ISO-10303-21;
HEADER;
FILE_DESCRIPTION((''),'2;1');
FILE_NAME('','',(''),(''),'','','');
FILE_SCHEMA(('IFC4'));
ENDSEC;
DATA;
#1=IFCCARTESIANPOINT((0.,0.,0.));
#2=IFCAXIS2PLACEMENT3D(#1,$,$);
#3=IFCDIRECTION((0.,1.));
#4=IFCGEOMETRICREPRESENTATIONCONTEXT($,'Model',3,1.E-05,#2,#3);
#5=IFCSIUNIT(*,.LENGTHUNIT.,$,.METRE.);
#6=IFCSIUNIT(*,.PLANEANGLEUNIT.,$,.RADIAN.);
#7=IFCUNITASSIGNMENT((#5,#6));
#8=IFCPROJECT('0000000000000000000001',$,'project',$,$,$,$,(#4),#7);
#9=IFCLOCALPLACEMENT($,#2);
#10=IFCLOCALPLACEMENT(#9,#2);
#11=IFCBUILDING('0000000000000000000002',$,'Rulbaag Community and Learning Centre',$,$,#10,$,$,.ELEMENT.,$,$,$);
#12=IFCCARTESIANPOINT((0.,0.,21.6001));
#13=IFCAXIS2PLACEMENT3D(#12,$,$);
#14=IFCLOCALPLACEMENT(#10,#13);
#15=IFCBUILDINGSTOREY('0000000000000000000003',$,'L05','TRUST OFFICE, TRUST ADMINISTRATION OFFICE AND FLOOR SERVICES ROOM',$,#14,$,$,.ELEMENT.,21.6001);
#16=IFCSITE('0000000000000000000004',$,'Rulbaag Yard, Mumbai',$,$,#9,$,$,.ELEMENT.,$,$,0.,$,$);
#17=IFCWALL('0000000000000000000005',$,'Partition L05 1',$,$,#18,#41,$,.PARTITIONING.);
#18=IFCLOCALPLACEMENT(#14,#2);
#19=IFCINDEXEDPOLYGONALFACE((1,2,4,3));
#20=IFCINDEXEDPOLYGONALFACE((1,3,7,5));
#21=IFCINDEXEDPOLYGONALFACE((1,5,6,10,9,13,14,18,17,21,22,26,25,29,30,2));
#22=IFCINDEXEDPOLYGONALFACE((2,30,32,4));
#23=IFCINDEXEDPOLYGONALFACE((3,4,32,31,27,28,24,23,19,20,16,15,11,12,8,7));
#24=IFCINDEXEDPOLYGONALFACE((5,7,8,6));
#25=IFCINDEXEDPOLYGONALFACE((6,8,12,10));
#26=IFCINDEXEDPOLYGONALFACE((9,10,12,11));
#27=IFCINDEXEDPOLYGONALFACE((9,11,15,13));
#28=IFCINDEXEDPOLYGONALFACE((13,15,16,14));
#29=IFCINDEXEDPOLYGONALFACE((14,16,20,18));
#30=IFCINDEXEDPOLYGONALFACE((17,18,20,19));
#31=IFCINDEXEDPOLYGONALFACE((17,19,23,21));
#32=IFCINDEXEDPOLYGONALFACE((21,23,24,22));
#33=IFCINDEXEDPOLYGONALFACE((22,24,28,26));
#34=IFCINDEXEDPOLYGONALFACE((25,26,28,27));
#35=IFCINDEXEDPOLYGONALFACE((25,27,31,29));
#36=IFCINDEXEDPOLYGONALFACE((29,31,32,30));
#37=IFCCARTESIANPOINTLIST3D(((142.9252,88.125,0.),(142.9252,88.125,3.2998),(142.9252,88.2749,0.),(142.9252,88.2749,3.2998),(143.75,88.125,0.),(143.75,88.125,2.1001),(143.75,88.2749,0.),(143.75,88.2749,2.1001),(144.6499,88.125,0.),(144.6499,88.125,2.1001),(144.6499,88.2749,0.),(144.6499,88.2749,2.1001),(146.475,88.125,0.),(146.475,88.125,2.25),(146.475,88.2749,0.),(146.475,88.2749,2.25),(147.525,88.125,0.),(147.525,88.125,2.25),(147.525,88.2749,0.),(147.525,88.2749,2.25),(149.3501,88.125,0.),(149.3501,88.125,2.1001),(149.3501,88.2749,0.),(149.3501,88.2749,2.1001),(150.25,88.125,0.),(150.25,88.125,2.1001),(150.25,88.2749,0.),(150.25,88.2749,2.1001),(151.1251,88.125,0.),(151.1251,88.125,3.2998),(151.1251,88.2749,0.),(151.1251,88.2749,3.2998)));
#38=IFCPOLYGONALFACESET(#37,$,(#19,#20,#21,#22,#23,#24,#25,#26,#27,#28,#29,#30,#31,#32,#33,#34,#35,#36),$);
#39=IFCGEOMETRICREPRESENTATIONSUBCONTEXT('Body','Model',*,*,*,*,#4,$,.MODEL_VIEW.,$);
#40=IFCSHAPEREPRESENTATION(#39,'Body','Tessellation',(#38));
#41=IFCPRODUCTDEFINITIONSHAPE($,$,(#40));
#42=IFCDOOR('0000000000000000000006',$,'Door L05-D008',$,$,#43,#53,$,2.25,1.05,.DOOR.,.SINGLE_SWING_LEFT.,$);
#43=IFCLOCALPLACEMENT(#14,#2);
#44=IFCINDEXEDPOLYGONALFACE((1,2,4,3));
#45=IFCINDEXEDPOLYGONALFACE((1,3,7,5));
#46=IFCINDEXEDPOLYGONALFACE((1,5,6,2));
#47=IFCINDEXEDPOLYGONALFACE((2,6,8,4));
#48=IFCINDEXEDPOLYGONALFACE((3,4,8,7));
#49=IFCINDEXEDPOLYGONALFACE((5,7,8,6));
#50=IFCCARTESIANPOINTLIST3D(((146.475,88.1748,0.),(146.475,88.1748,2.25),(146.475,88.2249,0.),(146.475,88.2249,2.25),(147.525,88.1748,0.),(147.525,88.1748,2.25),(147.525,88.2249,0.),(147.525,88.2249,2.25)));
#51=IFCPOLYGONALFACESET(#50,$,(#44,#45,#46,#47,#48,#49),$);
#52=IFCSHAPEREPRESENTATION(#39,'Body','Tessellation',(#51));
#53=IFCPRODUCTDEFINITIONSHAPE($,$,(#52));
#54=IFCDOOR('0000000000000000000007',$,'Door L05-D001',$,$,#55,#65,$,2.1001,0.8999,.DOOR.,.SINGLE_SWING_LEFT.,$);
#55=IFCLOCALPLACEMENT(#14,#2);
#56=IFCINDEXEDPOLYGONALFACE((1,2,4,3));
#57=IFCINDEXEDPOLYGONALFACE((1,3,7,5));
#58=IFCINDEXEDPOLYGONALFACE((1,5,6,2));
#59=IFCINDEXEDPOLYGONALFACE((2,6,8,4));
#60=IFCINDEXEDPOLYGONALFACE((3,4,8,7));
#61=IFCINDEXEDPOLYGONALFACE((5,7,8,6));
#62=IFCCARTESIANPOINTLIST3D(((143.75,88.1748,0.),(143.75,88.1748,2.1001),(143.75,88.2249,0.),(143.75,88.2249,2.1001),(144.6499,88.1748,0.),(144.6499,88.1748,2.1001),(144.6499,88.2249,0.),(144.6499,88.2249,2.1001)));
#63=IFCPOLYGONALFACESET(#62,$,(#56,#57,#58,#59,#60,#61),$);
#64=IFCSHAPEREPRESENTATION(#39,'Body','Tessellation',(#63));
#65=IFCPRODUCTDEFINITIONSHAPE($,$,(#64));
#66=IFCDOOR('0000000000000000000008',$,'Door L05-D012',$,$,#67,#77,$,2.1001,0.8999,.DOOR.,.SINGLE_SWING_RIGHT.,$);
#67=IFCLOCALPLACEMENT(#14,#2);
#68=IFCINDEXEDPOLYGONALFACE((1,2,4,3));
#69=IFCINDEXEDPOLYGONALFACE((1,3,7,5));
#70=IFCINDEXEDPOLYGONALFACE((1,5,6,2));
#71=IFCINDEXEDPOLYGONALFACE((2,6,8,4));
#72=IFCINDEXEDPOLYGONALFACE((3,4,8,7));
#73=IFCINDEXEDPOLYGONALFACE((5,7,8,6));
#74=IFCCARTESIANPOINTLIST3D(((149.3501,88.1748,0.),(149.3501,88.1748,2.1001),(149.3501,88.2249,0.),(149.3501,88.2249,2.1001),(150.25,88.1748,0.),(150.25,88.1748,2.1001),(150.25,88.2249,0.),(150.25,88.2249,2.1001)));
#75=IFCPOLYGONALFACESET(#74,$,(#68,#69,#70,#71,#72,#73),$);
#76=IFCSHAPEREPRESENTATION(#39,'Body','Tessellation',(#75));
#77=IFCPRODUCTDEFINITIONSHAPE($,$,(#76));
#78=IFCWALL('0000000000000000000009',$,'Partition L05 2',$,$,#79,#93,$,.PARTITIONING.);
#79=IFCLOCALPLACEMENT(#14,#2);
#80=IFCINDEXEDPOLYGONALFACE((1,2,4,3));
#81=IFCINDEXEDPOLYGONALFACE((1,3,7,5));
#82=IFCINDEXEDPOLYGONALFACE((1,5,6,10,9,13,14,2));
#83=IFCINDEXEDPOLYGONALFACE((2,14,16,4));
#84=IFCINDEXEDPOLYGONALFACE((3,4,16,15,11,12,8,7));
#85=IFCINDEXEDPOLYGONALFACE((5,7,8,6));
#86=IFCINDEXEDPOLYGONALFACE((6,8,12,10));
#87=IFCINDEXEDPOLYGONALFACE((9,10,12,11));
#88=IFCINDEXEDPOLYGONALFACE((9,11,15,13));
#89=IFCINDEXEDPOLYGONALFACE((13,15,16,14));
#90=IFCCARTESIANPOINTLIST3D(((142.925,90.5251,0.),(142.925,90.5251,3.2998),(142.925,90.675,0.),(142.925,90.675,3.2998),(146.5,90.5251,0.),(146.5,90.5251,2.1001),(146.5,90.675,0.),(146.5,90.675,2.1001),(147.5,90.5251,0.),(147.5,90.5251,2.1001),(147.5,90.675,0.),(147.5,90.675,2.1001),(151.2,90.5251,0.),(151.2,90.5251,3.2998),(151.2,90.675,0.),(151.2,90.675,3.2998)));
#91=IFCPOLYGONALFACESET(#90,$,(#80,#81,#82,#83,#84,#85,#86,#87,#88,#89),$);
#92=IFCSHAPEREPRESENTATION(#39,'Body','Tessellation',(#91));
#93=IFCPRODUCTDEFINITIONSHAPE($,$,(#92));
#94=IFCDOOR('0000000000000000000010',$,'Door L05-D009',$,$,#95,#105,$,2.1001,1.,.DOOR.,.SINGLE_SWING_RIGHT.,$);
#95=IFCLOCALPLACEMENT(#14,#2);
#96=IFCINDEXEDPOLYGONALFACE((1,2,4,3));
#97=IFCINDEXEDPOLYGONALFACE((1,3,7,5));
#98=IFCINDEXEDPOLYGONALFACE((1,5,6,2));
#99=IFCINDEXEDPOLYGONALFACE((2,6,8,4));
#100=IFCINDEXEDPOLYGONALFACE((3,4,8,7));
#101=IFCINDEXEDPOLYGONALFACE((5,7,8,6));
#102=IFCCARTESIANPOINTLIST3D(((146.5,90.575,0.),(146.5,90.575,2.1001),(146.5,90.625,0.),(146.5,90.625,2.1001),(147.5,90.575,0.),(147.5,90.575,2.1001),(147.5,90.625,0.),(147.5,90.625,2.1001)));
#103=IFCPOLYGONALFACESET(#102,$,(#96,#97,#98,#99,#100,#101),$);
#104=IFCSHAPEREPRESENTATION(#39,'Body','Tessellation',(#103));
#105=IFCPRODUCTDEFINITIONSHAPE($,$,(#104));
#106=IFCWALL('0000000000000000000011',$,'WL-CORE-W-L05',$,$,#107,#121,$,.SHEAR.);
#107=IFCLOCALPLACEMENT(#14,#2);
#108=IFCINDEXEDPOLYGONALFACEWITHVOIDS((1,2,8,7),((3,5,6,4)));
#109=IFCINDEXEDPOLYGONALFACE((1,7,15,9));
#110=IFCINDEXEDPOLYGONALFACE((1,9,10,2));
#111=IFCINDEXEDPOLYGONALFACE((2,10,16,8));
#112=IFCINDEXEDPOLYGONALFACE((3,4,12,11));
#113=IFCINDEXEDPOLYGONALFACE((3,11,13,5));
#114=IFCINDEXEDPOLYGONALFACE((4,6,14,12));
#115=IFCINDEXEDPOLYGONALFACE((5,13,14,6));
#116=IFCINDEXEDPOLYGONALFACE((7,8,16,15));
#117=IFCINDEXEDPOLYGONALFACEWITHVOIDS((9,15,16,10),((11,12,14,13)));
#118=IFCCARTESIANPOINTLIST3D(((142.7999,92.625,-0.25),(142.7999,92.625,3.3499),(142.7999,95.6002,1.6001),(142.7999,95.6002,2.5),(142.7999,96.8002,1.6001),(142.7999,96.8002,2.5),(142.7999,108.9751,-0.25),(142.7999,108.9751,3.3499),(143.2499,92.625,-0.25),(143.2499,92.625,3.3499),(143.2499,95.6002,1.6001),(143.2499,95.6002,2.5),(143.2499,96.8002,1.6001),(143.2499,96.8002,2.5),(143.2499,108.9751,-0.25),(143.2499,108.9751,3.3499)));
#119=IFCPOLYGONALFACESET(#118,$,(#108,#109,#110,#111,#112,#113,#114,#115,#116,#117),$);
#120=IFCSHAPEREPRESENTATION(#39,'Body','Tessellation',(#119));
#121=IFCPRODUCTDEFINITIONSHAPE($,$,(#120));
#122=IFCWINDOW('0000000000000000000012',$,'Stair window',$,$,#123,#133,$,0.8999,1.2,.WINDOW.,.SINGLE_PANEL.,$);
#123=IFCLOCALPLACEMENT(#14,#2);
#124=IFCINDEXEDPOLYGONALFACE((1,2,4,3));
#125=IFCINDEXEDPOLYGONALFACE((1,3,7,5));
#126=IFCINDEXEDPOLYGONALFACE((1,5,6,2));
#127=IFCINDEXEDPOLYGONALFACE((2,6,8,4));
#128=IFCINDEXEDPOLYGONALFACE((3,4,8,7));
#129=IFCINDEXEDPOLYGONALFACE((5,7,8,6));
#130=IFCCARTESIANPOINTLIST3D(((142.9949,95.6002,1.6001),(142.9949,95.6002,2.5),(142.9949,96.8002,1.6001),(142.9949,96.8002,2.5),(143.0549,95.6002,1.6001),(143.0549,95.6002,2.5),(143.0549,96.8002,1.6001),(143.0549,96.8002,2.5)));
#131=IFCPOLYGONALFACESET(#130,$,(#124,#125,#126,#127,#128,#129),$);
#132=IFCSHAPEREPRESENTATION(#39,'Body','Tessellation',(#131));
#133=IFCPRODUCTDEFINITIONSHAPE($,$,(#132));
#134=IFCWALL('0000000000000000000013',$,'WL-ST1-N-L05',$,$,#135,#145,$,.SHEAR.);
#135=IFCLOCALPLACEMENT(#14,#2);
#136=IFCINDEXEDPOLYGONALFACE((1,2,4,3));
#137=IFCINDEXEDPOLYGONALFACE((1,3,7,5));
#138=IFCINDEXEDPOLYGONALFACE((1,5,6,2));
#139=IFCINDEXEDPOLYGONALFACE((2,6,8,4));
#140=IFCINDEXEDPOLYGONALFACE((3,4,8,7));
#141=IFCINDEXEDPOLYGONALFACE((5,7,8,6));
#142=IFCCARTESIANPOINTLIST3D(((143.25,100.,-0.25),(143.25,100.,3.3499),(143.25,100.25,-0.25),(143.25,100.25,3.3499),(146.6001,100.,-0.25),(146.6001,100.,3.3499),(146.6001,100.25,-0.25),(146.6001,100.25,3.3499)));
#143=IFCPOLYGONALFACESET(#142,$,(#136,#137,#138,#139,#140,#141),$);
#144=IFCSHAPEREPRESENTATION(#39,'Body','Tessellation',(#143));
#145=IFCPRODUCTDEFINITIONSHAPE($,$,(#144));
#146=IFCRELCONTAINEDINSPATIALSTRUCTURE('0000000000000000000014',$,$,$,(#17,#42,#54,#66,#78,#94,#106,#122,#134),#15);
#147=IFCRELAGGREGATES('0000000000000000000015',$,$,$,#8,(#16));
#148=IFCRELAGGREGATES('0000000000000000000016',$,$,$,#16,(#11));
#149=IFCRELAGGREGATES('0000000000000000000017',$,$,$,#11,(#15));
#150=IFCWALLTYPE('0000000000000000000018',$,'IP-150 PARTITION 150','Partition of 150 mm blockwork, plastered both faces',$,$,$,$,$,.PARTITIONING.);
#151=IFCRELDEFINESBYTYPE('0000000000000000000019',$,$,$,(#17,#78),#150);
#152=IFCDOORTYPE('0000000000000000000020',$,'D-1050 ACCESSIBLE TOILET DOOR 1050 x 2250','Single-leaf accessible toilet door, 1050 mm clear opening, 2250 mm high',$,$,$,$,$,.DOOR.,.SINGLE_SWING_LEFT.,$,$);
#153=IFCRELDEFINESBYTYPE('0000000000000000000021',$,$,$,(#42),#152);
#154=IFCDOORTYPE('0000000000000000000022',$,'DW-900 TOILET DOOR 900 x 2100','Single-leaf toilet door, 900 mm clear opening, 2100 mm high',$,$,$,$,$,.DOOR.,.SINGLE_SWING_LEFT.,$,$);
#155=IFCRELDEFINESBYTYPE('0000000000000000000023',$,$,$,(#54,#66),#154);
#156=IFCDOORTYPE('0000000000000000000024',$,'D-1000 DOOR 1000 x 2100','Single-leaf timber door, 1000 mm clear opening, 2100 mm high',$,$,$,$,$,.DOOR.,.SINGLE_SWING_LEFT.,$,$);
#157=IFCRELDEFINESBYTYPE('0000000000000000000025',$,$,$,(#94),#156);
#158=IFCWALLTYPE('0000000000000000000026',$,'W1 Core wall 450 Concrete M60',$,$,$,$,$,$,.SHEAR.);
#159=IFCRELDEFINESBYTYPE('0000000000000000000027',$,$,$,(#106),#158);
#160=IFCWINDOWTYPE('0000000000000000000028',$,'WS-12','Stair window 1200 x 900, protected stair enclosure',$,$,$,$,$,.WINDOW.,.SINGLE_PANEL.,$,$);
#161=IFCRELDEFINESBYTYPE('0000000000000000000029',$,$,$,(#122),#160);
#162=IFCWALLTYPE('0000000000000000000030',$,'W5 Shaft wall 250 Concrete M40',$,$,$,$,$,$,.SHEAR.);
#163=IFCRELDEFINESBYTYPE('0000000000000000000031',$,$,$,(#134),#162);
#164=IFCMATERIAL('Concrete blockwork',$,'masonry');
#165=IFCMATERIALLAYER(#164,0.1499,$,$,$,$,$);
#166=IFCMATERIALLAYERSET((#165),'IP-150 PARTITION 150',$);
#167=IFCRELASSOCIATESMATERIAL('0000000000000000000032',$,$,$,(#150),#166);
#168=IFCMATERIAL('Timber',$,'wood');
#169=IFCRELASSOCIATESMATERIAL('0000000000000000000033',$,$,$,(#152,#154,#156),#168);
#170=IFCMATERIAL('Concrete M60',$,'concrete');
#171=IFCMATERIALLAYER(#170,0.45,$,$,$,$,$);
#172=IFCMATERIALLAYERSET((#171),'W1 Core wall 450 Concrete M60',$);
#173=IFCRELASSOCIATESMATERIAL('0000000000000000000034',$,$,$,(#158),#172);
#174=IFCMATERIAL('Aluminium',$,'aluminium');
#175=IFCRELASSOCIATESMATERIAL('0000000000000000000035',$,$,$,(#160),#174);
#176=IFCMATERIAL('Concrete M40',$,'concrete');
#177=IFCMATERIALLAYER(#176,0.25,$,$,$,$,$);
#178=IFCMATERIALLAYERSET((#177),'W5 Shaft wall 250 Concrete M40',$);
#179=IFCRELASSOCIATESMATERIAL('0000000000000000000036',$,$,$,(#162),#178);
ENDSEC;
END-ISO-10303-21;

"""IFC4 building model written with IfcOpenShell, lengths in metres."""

from ifc_helpers import new_model, si_unit, direction, frame, frame_2d, origin, place, context, subcontext, project, spatial, rectangle, extrude, material, layer, layer_set, type_object, element, fill, save


model = new_model("IFC4")

# Units and contexts
model_context = context("Model", 3, precision=1e-05, world=origin(), true_north=direction((0.0, 1.0)))
body_context = subcontext(model_context, "Body", "Model", "MODEL_VIEW")
ifc_project = project(units=[si_unit("LENGTHUNIT", "METRE"), si_unit("PLANEANGLEUNIT", "RADIAN")], contexts=[model_context])

# Site, building, storey
site_placement = place(None, origin())
site = spatial("IfcSite", under=ifc_project, at=site_placement, Name="Rulbaag Yard, Mumbai", CompositionType="ELEMENT", RefElevation=0.0)
building_placement = place(site_placement, origin())
building = spatial("IfcBuilding", under=site, at=building_placement, Name="Rulbaag Community and Learning Centre", CompositionType="ELEMENT")
storey_placement = place(building_placement, frame((0.0, 0.0, 21.6001)))
storey = spatial("IfcBuildingStorey", under=building, at=storey_placement, Name="L05", Description="TRUST OFFICE, TRUST ADMINISTRATION OFFICE AND FLOOR SERVICES ROOM", CompositionType="ELEMENT", Elevation=21.6001)

# Shared definitions
ifc_material_1 = material(Name="Concrete M40", Category="concrete")

# Shared definitions
ifc_material_2 = material(Name="Aluminium", Category="aluminium")

# Wall, openings, doors
ifc_material_3 = material(Name="Concrete blockwork", Category="masonry")
ifc_material_4 = material(Name="Timber", Category="wood")
ifc_layer_1 = layer(ifc_material_3, 0.1499)
ifc_layer_set_1 = layer_set([ifc_layer_1], Name="IP-150 PARTITION 150")
wall_type_1 = type_object("IfcWallType", Name="IP-150 PARTITION 150", Description="Partition of 150 mm blockwork, plastered both faces", PredefinedType="PARTITIONING", material=ifc_layer_set_1)
wall_1_placement = place(storey_placement, frame((142.925, 88.2, 0.0), z_axis=(0.0, 0.0, 1.0), x_axis=(1.0, 0.0, 0.0)))
wall_1 = element("IfcWall", 1, at=wall_1_placement, inside=storey, type_object=wall_type_1, Name="Partition L05 1", PredefinedType="PARTITIONING", context=body_context, shape_type="SweptSolid", body=[
    extrude(rectangle(XDim=8.2, YDim=0.1499, at=frame_2d((4.1001, 0.0))), origin(), (0.0, 0.0, 1.0), 3.2998),
])
opening_1_placement = place(wall_1_placement, frame((0.825, 0.0, 0.0)))
opening_1 = element("IfcOpeningElement", 2, at=opening_1_placement, cuts=wall_1, PredefinedType="OPENING", context=body_context, shape_type="SweptSolid", body=[
    extrude(rectangle(XDim=0.8999, YDim=2.1001, at=frame_2d((0.45, 1.05))), frame((0.0, 0.085, 0.0), z_axis=(0.0, -1.0, 0.0), x_axis=(1.0, 0.0, 0.0)), (0.0, 0.0, 1.0), 0.1699),
])
opening_2_placement = place(wall_1_placement, frame((3.55, 0.0, 0.0)))
opening_2 = element("IfcOpeningElement", 3, at=opening_2_placement, cuts=wall_1, PredefinedType="OPENING", context=body_context, shape_type="SweptSolid", body=[
    extrude(rectangle(XDim=1.05, YDim=2.25, at=frame_2d((0.5249, 1.125))), frame((0.0, 0.085, 0.0), z_axis=(0.0, -1.0, 0.0), x_axis=(1.0, 0.0, 0.0)), (0.0, 0.0, 1.0), 0.1699),
])
opening_3_placement = place(wall_1_placement, frame((6.425, 0.0, 0.0)))
opening_3 = element("IfcOpeningElement", 4, at=opening_3_placement, cuts=wall_1, PredefinedType="OPENING", context=body_context, shape_type="SweptSolid", body=[
    extrude(rectangle(XDim=0.8999, YDim=2.1001, at=frame_2d((0.45, 1.05))), frame((0.0, 0.085, 0.0), z_axis=(0.0, -1.0, 0.0), x_axis=(1.0, 0.0, 0.0)), (0.0, 0.0, 1.0), 0.1699),
])
door_type_1 = type_object("IfcDoorType", Name="D-1050 ACCESSIBLE TOILET DOOR 1050 x 2250", Description="Single-leaf accessible toilet door, 1050 mm clear opening, 2250 mm high", OperationType="SINGLE_SWING_LEFT", PredefinedType="DOOR", material=ifc_material_4)
door_1_placement = place(opening_2_placement, origin())
door_1 = element("IfcDoor", 5, at=door_1_placement, inside=storey, type_object=door_type_1, Name="Door L05-D008", OperationType="SINGLE_SWING_LEFT", OverallHeight=2.25, OverallWidth=1.05, PredefinedType="DOOR", context=body_context, shape_type="SweptSolid", body=[
    extrude(rectangle(XDim=1.05, YDim=2.25, at=frame_2d((0.5249, 1.125))), frame((0.0, 0.0249, 0.0), z_axis=(0.0, -1.0, 0.0), x_axis=(1.0, 0.0, 0.0)), (0.0, 0.0, 1.0), 0.05),
])
fill(opening_2, door_1)
door_type_2 = type_object("IfcDoorType", Name="DW-900 TOILET DOOR 900 x 2100", Description="Single-leaf toilet door, 900 mm clear opening, 2100 mm high", OperationType="SINGLE_SWING_LEFT", PredefinedType="DOOR", material=ifc_material_4)
door_2_placement = place(opening_1_placement, origin())
door_2 = element("IfcDoor", 6, at=door_2_placement, inside=storey, type_object=door_type_2, Name="Door L05-D001", OperationType="SINGLE_SWING_LEFT", OverallHeight=2.1001, OverallWidth=0.8999, PredefinedType="DOOR", context=body_context, shape_type="SweptSolid", body=[
    extrude(rectangle(XDim=0.8999, YDim=2.1001, at=frame_2d((0.45, 1.05))), frame((0.0, 0.0249, 0.0), z_axis=(0.0, -1.0, 0.0), x_axis=(1.0, 0.0, 0.0)), (0.0, 0.0, 1.0), 0.05),
])
fill(opening_1, door_2)
door_3_placement = place(opening_3_placement, origin())
door_3 = element("IfcDoor", 7, at=door_3_placement, inside=storey, type_object=door_type_2, Name="Door L05-D012", OperationType="SINGLE_SWING_RIGHT", OverallHeight=2.1001, OverallWidth=0.8999, PredefinedType="DOOR", context=body_context, shape_type="SweptSolid", body=[
    extrude(rectangle(XDim=0.8999, YDim=2.1001, at=frame_2d((0.45, 1.05))), frame((0.0, 0.0249, 0.0), z_axis=(0.0, -1.0, 0.0), x_axis=(1.0, 0.0, 0.0)), (0.0, 0.0, 1.0), 0.05),
])
fill(opening_3, door_3)

# Wall, opening, door
wall_2_placement = place(storey_placement, frame((142.925, 90.6001, 0.0), z_axis=(0.0, 0.0, 1.0), x_axis=(1.0, 0.0, 0.0)))
wall_2 = element("IfcWall", 8, at=wall_2_placement, inside=storey, type_object=wall_type_1, Name="Partition L05 2", PredefinedType="PARTITIONING", context=body_context, shape_type="SweptSolid", body=[
    extrude(rectangle(XDim=8.2749, YDim=0.1499, at=frame_2d((4.1375, 0.0))), origin(), (0.0, 0.0, 1.0), 3.2998),
])
opening_4_placement = place(wall_2_placement, frame((3.575, 0.0, 0.0)))
opening_4 = element("IfcOpeningElement", 9, at=opening_4_placement, cuts=wall_2, PredefinedType="OPENING", context=body_context, shape_type="SweptSolid", body=[
    extrude(rectangle(XDim=1.0, YDim=2.1001, at=frame_2d((0.5, 1.05))), frame((0.0, 0.085, 0.0), z_axis=(0.0, -1.0, 0.0), x_axis=(1.0, 0.0, 0.0)), (0.0, 0.0, 1.0), 0.1699),
])
door_type_3 = type_object("IfcDoorType", Name="D-1000 DOOR 1000 x 2100", Description="Single-leaf timber door, 1000 mm clear opening, 2100 mm high", OperationType="SINGLE_SWING_LEFT", PredefinedType="DOOR", material=ifc_material_4)
door_4_placement = place(opening_4_placement, origin())
door_4 = element("IfcDoor", 10, at=door_4_placement, inside=storey, type_object=door_type_3, Name="Door L05-D009", OperationType="SINGLE_SWING_RIGHT", OverallHeight=2.1001, OverallWidth=1.0, PredefinedType="DOOR", context=body_context, shape_type="SweptSolid", body=[
    extrude(rectangle(XDim=1.0, YDim=2.1001, at=frame_2d((0.5, 1.05))), frame((0.0, 0.0249, 0.0), z_axis=(0.0, -1.0, 0.0), x_axis=(1.0, 0.0, 0.0)), (0.0, 0.0, 1.0), 0.05),
])
fill(opening_4, door_4)

# Wall, opening, window
ifc_material_5 = material(Name="Concrete M60", Category="concrete")
ifc_layer_2 = layer(ifc_material_5, 0.45)
ifc_layer_set_2 = layer_set([ifc_layer_2], Name="W1 Core wall 450 Concrete M60")
wall_type_2 = type_object("IfcWallType", Name="W1 Core wall 450 Concrete M60", PredefinedType="SHEAR", material=ifc_layer_set_2)
wall_3_placement = place(storey_placement, frame((143.0249, 92.625, -0.25), z_axis=(0.0, 0.0, 1.0), x_axis=(0.0, 1.0, 0.0)))
wall_3 = element("IfcWall", 11, at=wall_3_placement, inside=storey, type_object=wall_type_2, Name="WL-CORE-W-L05", PredefinedType="SHEAR", context=body_context, shape_type="SweptSolid", body=[
    extrude(rectangle(XDim=16.3501, YDim=0.45, at=frame_2d((8.175, 0.0))), origin(), (0.0, 0.0, 1.0), 3.5999),
])
opening_5_placement = place(wall_3_placement, frame((2.9751, 0.0, 1.8501)))
opening_5 = element("IfcOpeningElement", 12, at=opening_5_placement, cuts=wall_3, PredefinedType="OPENING", context=body_context, shape_type="SweptSolid", body=[
    extrude(rectangle(XDim=1.2, YDim=0.8999, at=frame_2d((0.6001, 0.45))), frame((0.0, 0.2349, 0.0), z_axis=(0.0, -1.0, 0.0), x_axis=(1.0, 0.0, 0.0)), (0.0, 0.0, 1.0), 0.47),
])
window_type = type_object("IfcWindowType", Name="WS-12", Description="Stair window 1200 x 900, protected stair enclosure", PartitioningType="SINGLE_PANEL", PredefinedType="WINDOW", material=ifc_material_2)
window_placement = place(opening_5_placement, origin())
window = element("IfcWindow", 13, at=window_placement, inside=storey, type_object=window_type, Name="Stair window", OverallHeight=0.8999, OverallWidth=1.2, PartitioningType="SINGLE_PANEL", PredefinedType="WINDOW", context=body_context, shape_type="SweptSolid", body=[
    extrude(rectangle(XDim=1.2, YDim=0.8999, at=frame_2d((0.6001, 0.45))), frame((0.0, 0.03, 0.0), z_axis=(0.0, -1.0, 0.0), x_axis=(1.0, 0.0, 0.0)), (0.0, 0.0, 1.0), 0.0601),
])
fill(opening_5, window)

# Wall
ifc_layer_3 = layer(ifc_material_1, 0.25)
ifc_layer_set_3 = layer_set([ifc_layer_3], Name="W5 Shaft wall 250 Concrete M40")
wall_type_3 = type_object("IfcWallType", Name="W5 Shaft wall 250 Concrete M40", PredefinedType="SHEAR", material=ifc_layer_set_3)
wall_4_placement = place(storey_placement, frame((143.25, 100.125, -0.25), z_axis=(0.0, 0.0, 1.0), x_axis=(1.0, 0.0, 0.0)))
element("IfcWall", 14, at=wall_4_placement, inside=storey, type_object=wall_type_3, Name="WL-ST1-N-L05", PredefinedType="SHEAR", context=body_context, shape_type="SweptSolid", body=[
    extrude(rectangle(XDim=3.3501, YDim=0.25, at=frame_2d((1.675, 0.0))), origin(), (0.0, 0.0, 1.0), 3.5999),
])

save(model, "model.ifc")
